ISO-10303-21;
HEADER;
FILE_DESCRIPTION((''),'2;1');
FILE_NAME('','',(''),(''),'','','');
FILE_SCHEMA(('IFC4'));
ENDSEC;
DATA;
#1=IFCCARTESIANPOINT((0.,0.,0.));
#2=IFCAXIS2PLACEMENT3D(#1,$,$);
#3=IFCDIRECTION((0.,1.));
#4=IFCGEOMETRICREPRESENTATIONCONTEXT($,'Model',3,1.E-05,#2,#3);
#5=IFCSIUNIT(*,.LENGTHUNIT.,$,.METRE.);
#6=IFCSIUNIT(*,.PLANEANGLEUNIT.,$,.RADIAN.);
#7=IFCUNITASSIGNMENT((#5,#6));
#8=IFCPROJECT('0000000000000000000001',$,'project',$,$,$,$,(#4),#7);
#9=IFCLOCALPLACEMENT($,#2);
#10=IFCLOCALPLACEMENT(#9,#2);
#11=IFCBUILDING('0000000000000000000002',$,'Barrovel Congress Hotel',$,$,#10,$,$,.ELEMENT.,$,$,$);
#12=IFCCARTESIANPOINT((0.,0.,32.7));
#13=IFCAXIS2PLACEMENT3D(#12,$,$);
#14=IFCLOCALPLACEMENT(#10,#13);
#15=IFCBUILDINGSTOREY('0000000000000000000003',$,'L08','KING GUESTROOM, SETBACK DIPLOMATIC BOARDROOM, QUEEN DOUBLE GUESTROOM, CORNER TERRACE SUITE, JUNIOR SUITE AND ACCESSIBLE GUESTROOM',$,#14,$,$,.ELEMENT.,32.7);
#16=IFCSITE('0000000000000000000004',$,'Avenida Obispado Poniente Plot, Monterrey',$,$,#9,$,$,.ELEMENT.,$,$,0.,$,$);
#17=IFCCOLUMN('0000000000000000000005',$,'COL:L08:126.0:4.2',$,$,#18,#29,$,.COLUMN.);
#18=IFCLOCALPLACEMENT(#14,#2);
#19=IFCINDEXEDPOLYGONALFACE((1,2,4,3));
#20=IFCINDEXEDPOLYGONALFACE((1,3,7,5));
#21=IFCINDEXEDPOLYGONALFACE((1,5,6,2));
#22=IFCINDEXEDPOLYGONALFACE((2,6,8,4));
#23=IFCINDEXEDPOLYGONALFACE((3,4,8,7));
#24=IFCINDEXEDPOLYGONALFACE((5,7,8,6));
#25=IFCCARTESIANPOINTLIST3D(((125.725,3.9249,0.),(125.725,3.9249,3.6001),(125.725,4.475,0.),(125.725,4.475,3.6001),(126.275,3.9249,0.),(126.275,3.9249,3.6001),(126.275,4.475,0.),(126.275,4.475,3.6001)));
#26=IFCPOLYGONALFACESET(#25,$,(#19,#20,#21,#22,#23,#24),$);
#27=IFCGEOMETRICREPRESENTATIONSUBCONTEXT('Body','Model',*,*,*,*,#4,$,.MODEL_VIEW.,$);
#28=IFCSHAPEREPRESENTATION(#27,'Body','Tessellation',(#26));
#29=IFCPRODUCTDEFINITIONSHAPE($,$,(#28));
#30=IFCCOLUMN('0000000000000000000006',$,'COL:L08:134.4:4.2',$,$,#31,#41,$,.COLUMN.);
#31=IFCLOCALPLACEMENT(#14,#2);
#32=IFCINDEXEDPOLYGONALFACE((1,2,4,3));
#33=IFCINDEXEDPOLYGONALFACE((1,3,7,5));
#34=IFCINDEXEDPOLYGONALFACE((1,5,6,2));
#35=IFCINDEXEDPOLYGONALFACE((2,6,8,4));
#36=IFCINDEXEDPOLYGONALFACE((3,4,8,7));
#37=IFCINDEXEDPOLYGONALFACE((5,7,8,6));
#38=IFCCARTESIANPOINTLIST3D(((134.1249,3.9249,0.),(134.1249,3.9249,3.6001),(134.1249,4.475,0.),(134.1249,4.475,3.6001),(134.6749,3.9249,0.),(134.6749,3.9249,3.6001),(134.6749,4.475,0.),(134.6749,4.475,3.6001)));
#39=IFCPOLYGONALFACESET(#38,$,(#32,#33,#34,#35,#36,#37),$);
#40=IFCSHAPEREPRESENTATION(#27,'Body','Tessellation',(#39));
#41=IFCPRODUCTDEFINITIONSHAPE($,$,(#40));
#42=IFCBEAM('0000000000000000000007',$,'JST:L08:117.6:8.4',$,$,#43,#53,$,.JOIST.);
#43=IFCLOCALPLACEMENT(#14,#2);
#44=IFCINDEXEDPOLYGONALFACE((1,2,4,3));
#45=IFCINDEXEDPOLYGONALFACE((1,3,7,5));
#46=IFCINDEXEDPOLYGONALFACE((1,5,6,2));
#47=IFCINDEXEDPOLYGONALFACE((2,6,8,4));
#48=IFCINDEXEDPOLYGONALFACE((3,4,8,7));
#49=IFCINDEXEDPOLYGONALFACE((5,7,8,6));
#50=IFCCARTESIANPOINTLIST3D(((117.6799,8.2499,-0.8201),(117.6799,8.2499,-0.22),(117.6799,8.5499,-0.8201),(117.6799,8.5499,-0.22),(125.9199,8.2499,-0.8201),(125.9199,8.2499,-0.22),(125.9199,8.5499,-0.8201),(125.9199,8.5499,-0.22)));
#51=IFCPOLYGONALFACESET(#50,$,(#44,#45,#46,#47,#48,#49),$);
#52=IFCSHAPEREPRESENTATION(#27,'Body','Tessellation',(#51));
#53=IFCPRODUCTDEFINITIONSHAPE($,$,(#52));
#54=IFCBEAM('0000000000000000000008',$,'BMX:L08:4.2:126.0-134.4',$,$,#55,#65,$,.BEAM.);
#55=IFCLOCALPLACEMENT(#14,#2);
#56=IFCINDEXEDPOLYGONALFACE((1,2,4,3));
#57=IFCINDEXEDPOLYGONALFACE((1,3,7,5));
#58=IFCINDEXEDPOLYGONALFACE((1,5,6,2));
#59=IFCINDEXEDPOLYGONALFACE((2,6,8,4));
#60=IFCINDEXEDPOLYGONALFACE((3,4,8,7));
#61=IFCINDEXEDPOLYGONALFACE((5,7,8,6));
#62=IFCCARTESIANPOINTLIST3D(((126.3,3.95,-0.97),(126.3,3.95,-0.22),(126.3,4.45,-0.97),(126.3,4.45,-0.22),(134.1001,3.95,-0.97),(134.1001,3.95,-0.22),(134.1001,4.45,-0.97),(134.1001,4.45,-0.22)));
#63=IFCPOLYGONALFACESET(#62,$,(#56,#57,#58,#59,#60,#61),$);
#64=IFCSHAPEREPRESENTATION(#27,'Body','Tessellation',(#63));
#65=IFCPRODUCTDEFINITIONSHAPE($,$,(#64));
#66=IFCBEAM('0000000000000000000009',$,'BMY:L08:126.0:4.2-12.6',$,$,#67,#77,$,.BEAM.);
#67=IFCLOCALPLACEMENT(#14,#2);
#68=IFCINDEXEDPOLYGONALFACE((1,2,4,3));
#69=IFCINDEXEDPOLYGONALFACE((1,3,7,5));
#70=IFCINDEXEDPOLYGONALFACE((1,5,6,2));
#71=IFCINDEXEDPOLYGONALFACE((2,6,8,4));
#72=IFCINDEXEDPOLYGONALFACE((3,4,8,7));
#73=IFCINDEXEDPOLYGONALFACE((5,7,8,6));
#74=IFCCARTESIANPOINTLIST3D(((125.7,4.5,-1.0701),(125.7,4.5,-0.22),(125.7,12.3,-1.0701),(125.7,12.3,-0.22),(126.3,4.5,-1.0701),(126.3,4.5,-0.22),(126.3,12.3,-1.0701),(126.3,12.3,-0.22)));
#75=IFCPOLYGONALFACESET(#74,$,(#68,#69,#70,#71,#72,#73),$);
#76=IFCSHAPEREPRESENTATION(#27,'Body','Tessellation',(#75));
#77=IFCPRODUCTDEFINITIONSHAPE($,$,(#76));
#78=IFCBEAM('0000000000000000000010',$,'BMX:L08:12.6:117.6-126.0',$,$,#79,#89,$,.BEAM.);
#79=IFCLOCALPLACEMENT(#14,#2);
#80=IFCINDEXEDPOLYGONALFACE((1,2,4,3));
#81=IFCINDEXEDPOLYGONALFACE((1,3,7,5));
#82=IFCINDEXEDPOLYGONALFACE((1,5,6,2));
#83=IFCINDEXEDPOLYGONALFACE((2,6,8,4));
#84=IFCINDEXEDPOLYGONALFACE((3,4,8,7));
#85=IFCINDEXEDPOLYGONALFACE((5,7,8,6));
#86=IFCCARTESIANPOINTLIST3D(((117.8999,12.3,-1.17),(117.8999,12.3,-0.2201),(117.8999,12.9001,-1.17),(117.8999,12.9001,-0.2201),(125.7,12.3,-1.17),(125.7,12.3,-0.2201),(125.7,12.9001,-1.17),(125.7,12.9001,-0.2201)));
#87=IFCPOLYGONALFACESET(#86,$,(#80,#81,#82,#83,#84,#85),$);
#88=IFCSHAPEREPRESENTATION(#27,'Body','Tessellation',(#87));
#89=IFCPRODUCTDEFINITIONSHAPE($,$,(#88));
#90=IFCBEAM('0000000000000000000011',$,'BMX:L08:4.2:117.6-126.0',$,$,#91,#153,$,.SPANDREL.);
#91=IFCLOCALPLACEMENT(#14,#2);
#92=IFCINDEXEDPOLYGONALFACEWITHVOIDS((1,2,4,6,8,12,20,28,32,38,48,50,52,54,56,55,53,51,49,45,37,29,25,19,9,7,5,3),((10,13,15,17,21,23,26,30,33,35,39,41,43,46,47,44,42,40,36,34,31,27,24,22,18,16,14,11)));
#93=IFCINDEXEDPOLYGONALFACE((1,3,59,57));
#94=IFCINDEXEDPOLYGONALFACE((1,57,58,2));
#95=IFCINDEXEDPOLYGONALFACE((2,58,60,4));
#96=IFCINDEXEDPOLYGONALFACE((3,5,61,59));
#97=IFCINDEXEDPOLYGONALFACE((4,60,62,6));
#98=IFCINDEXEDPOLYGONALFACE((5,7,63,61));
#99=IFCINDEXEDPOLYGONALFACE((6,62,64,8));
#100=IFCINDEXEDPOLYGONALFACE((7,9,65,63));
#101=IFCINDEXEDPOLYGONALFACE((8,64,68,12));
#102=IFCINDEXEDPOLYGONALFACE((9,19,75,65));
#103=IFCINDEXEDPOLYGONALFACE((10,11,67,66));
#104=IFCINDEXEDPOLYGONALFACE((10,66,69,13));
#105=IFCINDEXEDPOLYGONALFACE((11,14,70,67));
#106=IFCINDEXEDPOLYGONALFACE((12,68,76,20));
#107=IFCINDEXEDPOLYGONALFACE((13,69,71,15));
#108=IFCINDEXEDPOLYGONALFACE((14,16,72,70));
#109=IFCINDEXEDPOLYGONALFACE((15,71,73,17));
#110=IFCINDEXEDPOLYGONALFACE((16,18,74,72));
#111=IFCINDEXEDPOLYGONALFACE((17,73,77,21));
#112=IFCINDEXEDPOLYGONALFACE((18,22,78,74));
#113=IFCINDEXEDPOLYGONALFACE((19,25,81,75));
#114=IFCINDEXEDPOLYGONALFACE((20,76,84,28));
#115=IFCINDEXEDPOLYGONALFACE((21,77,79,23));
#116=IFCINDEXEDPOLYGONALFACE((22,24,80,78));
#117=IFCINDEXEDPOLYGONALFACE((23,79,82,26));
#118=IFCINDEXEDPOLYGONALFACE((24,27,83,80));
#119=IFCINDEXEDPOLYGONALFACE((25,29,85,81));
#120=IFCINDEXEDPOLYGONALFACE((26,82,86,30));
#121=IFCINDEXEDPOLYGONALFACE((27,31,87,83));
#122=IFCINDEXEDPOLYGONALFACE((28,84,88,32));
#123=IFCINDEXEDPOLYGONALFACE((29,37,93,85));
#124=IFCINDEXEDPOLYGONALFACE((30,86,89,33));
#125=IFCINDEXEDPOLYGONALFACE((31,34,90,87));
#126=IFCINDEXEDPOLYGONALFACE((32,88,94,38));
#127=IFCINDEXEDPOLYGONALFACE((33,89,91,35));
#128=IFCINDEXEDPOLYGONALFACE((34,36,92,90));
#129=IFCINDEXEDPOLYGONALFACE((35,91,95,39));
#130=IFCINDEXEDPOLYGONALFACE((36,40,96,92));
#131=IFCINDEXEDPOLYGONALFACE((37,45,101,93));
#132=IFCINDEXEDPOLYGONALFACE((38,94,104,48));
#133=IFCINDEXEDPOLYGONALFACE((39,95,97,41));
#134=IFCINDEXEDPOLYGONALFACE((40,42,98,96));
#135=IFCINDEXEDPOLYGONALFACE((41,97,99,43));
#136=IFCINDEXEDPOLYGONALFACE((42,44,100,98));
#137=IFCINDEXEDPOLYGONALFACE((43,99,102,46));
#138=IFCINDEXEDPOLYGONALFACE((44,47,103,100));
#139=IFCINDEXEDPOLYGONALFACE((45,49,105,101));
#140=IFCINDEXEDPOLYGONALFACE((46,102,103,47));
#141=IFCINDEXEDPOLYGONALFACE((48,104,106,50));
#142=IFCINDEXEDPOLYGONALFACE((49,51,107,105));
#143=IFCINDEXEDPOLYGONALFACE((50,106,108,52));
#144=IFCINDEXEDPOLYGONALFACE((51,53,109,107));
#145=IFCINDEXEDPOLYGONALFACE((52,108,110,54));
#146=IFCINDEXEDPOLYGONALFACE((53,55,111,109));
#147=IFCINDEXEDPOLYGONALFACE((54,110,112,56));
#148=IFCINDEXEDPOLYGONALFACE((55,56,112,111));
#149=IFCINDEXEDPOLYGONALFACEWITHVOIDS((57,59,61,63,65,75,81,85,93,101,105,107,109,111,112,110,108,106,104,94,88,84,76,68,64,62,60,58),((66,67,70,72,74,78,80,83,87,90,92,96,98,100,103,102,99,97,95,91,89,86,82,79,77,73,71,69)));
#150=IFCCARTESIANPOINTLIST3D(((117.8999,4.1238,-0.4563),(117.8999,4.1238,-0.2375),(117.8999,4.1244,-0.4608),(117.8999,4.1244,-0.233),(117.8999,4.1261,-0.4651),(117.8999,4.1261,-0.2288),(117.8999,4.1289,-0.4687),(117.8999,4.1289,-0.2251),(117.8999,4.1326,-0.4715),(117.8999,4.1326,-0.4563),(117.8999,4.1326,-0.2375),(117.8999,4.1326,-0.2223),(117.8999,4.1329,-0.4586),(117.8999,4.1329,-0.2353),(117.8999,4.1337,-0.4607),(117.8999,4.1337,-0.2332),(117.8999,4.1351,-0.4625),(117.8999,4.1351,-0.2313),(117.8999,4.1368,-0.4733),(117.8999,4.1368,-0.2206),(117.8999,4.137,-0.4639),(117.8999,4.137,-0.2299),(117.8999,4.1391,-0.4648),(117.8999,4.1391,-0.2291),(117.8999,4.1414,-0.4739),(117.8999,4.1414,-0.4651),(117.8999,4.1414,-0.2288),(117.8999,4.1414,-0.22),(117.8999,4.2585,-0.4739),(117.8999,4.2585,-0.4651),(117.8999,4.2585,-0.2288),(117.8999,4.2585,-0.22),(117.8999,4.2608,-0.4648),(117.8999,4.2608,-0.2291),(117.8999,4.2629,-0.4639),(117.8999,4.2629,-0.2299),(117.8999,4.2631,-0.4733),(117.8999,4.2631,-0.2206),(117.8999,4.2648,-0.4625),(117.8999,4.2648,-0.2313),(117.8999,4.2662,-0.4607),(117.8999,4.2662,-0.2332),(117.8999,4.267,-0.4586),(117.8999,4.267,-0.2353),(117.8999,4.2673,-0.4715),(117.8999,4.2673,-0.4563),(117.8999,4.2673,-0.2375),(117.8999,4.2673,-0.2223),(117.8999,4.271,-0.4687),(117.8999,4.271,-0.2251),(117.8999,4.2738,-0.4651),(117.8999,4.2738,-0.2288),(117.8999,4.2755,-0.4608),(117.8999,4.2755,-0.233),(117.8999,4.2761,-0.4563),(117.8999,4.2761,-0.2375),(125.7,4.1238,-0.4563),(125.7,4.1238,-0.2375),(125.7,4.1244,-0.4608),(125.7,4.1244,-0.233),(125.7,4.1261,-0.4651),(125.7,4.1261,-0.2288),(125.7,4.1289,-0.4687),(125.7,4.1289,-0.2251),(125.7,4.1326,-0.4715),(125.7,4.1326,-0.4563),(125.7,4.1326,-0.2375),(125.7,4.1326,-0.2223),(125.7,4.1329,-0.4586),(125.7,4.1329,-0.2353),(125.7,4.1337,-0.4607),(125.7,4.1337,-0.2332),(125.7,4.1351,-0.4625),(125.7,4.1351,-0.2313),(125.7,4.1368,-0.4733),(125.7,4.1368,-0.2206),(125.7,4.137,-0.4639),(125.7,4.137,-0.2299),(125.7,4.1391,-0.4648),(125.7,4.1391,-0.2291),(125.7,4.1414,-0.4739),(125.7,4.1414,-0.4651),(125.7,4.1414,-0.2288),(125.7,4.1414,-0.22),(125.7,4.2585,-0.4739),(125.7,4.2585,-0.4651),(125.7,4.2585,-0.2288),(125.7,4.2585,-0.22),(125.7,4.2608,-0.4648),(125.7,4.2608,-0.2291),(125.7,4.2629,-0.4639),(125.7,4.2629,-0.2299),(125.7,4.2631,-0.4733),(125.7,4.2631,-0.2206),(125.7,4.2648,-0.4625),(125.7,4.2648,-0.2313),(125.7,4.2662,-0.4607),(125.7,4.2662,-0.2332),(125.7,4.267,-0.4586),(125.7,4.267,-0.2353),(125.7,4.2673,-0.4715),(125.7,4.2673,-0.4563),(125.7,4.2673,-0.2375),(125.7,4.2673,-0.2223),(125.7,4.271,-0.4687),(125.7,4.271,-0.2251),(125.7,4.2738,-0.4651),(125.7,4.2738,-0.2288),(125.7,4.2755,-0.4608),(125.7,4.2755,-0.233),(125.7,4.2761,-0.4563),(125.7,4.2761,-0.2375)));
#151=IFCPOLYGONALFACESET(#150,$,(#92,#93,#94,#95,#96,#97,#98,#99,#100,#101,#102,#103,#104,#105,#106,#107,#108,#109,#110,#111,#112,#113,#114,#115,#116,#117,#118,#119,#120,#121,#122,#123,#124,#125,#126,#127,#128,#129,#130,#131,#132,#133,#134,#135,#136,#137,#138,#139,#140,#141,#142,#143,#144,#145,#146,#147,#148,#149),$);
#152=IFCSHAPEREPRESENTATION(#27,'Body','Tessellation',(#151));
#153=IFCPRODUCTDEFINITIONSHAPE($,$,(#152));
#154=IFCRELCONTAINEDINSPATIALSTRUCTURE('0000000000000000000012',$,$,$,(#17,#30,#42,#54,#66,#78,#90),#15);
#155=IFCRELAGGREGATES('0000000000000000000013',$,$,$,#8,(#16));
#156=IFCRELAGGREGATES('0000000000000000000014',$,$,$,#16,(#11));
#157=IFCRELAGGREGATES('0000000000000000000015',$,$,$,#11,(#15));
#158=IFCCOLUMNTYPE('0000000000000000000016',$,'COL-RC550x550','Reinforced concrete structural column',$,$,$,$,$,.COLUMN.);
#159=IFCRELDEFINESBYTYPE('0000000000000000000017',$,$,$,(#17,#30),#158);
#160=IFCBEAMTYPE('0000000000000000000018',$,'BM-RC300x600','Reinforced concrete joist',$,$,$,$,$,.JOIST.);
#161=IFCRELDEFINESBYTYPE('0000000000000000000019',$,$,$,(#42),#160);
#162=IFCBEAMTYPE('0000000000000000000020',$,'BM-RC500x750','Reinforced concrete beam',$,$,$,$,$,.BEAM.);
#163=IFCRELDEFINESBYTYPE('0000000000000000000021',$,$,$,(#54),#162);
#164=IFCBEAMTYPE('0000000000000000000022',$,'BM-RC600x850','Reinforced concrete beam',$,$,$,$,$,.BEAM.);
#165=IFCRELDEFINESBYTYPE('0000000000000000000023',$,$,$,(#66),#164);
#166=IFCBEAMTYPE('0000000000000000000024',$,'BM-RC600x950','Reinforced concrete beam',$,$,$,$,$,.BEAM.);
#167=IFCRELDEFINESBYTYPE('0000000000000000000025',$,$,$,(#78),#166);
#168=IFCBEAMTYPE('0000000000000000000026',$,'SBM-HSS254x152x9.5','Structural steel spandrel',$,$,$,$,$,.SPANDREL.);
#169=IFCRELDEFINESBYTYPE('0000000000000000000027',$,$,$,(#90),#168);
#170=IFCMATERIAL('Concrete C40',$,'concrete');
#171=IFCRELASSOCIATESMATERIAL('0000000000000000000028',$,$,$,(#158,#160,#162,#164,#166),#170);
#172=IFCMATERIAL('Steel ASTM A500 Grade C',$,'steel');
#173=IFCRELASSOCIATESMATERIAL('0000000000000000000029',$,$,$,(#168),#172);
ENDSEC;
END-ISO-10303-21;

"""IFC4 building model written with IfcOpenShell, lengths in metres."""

from ifc_helpers import new_model, si_unit, direction, frame, origin, origin_2d, place, context, subcontext, project, spatial, rectangle, hollow_rectangle, extrude, material, material_profile, profile_set, type_object, element, save


model = new_model("IFC4")

# Units and contexts
model_context = context("Model", 3, precision=1e-05, world=origin(), true_north=direction((0.0, 1.0)))
body_context = subcontext(model_context, "Body", "Model", "MODEL_VIEW")
ifc_project = project(units=[si_unit("LENGTHUNIT", "METRE"), si_unit("PLANEANGLEUNIT", "RADIAN")], contexts=[model_context])

# Site, building, storey
site_placement = place(None, origin())
site = spatial("IfcSite", under=ifc_project, at=site_placement, Name="Avenida Obispado Poniente Plot, Monterrey", CompositionType="ELEMENT", RefElevation=0.0)
building_placement = place(site_placement, origin())
building = spatial("IfcBuilding", under=site, at=building_placement, Name="Barrovel Congress Hotel", CompositionType="ELEMENT")
storey_placement = place(building_placement, frame((0.0, 0.0, 32.7)))
storey = spatial("IfcBuildingStorey", under=building, at=storey_placement, Name="L08", Description="KING GUESTROOM, SETBACK DIPLOMATIC BOARDROOM, QUEEN DOUBLE GUESTROOM, CORNER TERRACE SUITE, JUNIOR SUITE AND ACCESSIBLE GUESTROOM", CompositionType="ELEMENT", Elevation=32.7)

# Columns
ifc_material_1 = material(Name="Concrete C40", Category="concrete")
ifc_material_profile_1 = material_profile(ifc_material_1, rectangle(XDim=0.55, YDim=0.55, at=origin_2d()), Name="RC550x550")
ifc_profile_set_1 = profile_set([ifc_material_profile_1], Name="Concrete C40")
column_type = type_object("IfcColumnType", Name="COL-RC550x550", Description="Reinforced concrete structural column", PredefinedType="COLUMN", material=ifc_profile_set_1)
for number, where, z_axis, x_axis, name in (
    (1, (126.0, 4.2, 0.0), (0.0, 0.0, 1.0), (1.0, 0.0, 0.0), "COL:L08:126.0:4.2"),
    (2, (134.3999, 4.2, 0.0), (0.0, 0.0, 1.0), (1.0, 0.0, 0.0), "COL:L08:134.4:4.2"),
):
    element("IfcColumn", number, at=place(storey_placement, frame(where, z_axis=z_axis, x_axis=x_axis)), inside=storey, type_object=column_type, Name=name, PredefinedType="COLUMN", context=body_context, shape_type="SweptSolid", body=[
        extrude(rectangle(XDim=0.55, YDim=0.55, at=origin_2d()), origin(), (0.0, 0.0, 1.0), 3.6001),
    ])

# Beams
ifc_material_profile_2 = material_profile(ifc_material_1, rectangle(XDim=0.3, YDim=0.6001, at=origin_2d()), Name="RC300x600")
ifc_profile_set_2 = profile_set([ifc_material_profile_2], Name="Concrete C40")
beam_type_1 = type_object("IfcBeamType", Name="BM-RC300x600", Description="Reinforced concrete joist", PredefinedType="JOIST", material=ifc_profile_set_2)
beam_1_placement = place(storey_placement, frame((117.6799, 8.3999, -0.52), z_axis=(1.0, 0.0, 0.0), x_axis=(0.0, 1.0, 0.0)))
element("IfcBeam", 3, at=beam_1_placement, inside=storey, type_object=beam_type_1, Name="JST:L08:117.6:8.4", PredefinedType="JOIST", context=body_context, shape_type="SweptSolid", body=[
    extrude(rectangle(XDim=0.3, YDim=0.6001, at=origin_2d()), origin(), (0.0, 0.0, 1.0), 8.24),
])
ifc_material_profile_3 = material_profile(ifc_material_1, rectangle(XDim=0.5, YDim=0.75, at=origin_2d()), Name="RC500x750")
ifc_profile_set_3 = profile_set([ifc_material_profile_3], Name="Concrete C40")
beam_type_2 = type_object("IfcBeamType", Name="BM-RC500x750", Description="Reinforced concrete beam", PredefinedType="BEAM", material=ifc_profile_set_3)
beam_2_placement = place(storey_placement, frame((126.3, 4.2, -0.595), z_axis=(1.0, 0.0, 0.0), x_axis=(0.0, 1.0, 0.0)))
element("IfcBeam", 4, at=beam_2_placement, inside=storey, type_object=beam_type_2, Name="BMX:L08:4.2:126.0-134.4", PredefinedType="BEAM", context=body_context, shape_type="SweptSolid", body=[
    extrude(rectangle(XDim=0.5, YDim=0.75, at=origin_2d()), origin(), (0.0, 0.0, 1.0), 7.8),
])
ifc_material_profile_4 = material_profile(ifc_material_1, rectangle(XDim=0.6001, YDim=0.8501, at=origin_2d()), Name="RC600x850")
ifc_profile_set_4 = profile_set([ifc_material_profile_4], Name="Concrete C40")
beam_type_3 = type_object("IfcBeamType", Name="BM-RC600x850", Description="Reinforced concrete beam", PredefinedType="BEAM", material=ifc_profile_set_4)
beam_3_placement = place(storey_placement, frame((126.0, 4.5, -0.645), z_axis=(0.0, 1.0, 0.0), x_axis=(-1.0, 0.0, 0.0)))
element("IfcBeam", 5, at=beam_3_placement, inside=storey, type_object=beam_type_3, Name="BMY:L08:126.0:4.2-12.6", PredefinedType="BEAM", context=body_context, shape_type="SweptSolid", body=[
    extrude(rectangle(XDim=0.6001, YDim=0.8501, at=origin_2d()), origin(), (0.0, 0.0, 1.0), 7.8),
])
ifc_material_profile_5 = material_profile(ifc_material_1, rectangle(XDim=0.6001, YDim=0.95, at=origin_2d()), Name="RC600x950")
ifc_profile_set_5 = profile_set([ifc_material_profile_5], Name="Concrete C40")
beam_type_4 = type_object("IfcBeamType", Name="BM-RC600x950", Description="Reinforced concrete beam", PredefinedType="BEAM", material=ifc_profile_set_5)
beam_4_placement = place(storey_placement, frame((117.8999, 12.6001, -0.6951), z_axis=(1.0, 0.0, 0.0), x_axis=(0.0, 1.0, 0.0)))
element("IfcBeam", 6, at=beam_4_placement, inside=storey, type_object=beam_type_4, Name="BMX:L08:12.6:117.6-126.0", PredefinedType="BEAM", context=body_context, shape_type="SweptSolid", body=[
    extrude(rectangle(XDim=0.6001, YDim=0.95, at=origin_2d()), origin(), (0.0, 0.0, 1.0), 7.8),
])
ifc_material_2 = material(Name="Steel ASTM A500 Grade C", Category="steel")
ifc_material_profile_6 = material_profile(ifc_material_2, hollow_rectangle(XDim=0.1523, YDim=0.2539, WallThickness=0.0088, InnerFilletRadius=0.0088, OuterFilletRadius=0.0176, at=origin_2d()), Name="HSS254x152x9.5")
ifc_profile_set_6 = profile_set([ifc_material_profile_6], Name="Steel ASTM A500 Grade C")
beam_type_5 = type_object("IfcBeamType", Name="SBM-HSS254x152x9.5", Description="Structural steel spandrel", PredefinedType="SPANDREL", material=ifc_profile_set_6)
beam_5_placement = place(storey_placement, frame((117.8999, 4.2, -0.3469), z_axis=(1.0, 0.0, 0.0), x_axis=(0.0, 1.0, 0.0)))
element("IfcBeam", 7, at=beam_5_placement, inside=storey, type_object=beam_type_5, Name="BMX:L08:4.2:117.6-126.0", PredefinedType="SPANDREL", context=body_context, shape_type="SweptSolid", body=[
    extrude(hollow_rectangle(XDim=0.1523, YDim=0.2539, WallThickness=0.0088, InnerFilletRadius=0.0088, OuterFilletRadius=0.0176, at=origin_2d()), origin(), (0.0, 0.0, 1.0), 7.8),
])

save(model, "model.ifc")
